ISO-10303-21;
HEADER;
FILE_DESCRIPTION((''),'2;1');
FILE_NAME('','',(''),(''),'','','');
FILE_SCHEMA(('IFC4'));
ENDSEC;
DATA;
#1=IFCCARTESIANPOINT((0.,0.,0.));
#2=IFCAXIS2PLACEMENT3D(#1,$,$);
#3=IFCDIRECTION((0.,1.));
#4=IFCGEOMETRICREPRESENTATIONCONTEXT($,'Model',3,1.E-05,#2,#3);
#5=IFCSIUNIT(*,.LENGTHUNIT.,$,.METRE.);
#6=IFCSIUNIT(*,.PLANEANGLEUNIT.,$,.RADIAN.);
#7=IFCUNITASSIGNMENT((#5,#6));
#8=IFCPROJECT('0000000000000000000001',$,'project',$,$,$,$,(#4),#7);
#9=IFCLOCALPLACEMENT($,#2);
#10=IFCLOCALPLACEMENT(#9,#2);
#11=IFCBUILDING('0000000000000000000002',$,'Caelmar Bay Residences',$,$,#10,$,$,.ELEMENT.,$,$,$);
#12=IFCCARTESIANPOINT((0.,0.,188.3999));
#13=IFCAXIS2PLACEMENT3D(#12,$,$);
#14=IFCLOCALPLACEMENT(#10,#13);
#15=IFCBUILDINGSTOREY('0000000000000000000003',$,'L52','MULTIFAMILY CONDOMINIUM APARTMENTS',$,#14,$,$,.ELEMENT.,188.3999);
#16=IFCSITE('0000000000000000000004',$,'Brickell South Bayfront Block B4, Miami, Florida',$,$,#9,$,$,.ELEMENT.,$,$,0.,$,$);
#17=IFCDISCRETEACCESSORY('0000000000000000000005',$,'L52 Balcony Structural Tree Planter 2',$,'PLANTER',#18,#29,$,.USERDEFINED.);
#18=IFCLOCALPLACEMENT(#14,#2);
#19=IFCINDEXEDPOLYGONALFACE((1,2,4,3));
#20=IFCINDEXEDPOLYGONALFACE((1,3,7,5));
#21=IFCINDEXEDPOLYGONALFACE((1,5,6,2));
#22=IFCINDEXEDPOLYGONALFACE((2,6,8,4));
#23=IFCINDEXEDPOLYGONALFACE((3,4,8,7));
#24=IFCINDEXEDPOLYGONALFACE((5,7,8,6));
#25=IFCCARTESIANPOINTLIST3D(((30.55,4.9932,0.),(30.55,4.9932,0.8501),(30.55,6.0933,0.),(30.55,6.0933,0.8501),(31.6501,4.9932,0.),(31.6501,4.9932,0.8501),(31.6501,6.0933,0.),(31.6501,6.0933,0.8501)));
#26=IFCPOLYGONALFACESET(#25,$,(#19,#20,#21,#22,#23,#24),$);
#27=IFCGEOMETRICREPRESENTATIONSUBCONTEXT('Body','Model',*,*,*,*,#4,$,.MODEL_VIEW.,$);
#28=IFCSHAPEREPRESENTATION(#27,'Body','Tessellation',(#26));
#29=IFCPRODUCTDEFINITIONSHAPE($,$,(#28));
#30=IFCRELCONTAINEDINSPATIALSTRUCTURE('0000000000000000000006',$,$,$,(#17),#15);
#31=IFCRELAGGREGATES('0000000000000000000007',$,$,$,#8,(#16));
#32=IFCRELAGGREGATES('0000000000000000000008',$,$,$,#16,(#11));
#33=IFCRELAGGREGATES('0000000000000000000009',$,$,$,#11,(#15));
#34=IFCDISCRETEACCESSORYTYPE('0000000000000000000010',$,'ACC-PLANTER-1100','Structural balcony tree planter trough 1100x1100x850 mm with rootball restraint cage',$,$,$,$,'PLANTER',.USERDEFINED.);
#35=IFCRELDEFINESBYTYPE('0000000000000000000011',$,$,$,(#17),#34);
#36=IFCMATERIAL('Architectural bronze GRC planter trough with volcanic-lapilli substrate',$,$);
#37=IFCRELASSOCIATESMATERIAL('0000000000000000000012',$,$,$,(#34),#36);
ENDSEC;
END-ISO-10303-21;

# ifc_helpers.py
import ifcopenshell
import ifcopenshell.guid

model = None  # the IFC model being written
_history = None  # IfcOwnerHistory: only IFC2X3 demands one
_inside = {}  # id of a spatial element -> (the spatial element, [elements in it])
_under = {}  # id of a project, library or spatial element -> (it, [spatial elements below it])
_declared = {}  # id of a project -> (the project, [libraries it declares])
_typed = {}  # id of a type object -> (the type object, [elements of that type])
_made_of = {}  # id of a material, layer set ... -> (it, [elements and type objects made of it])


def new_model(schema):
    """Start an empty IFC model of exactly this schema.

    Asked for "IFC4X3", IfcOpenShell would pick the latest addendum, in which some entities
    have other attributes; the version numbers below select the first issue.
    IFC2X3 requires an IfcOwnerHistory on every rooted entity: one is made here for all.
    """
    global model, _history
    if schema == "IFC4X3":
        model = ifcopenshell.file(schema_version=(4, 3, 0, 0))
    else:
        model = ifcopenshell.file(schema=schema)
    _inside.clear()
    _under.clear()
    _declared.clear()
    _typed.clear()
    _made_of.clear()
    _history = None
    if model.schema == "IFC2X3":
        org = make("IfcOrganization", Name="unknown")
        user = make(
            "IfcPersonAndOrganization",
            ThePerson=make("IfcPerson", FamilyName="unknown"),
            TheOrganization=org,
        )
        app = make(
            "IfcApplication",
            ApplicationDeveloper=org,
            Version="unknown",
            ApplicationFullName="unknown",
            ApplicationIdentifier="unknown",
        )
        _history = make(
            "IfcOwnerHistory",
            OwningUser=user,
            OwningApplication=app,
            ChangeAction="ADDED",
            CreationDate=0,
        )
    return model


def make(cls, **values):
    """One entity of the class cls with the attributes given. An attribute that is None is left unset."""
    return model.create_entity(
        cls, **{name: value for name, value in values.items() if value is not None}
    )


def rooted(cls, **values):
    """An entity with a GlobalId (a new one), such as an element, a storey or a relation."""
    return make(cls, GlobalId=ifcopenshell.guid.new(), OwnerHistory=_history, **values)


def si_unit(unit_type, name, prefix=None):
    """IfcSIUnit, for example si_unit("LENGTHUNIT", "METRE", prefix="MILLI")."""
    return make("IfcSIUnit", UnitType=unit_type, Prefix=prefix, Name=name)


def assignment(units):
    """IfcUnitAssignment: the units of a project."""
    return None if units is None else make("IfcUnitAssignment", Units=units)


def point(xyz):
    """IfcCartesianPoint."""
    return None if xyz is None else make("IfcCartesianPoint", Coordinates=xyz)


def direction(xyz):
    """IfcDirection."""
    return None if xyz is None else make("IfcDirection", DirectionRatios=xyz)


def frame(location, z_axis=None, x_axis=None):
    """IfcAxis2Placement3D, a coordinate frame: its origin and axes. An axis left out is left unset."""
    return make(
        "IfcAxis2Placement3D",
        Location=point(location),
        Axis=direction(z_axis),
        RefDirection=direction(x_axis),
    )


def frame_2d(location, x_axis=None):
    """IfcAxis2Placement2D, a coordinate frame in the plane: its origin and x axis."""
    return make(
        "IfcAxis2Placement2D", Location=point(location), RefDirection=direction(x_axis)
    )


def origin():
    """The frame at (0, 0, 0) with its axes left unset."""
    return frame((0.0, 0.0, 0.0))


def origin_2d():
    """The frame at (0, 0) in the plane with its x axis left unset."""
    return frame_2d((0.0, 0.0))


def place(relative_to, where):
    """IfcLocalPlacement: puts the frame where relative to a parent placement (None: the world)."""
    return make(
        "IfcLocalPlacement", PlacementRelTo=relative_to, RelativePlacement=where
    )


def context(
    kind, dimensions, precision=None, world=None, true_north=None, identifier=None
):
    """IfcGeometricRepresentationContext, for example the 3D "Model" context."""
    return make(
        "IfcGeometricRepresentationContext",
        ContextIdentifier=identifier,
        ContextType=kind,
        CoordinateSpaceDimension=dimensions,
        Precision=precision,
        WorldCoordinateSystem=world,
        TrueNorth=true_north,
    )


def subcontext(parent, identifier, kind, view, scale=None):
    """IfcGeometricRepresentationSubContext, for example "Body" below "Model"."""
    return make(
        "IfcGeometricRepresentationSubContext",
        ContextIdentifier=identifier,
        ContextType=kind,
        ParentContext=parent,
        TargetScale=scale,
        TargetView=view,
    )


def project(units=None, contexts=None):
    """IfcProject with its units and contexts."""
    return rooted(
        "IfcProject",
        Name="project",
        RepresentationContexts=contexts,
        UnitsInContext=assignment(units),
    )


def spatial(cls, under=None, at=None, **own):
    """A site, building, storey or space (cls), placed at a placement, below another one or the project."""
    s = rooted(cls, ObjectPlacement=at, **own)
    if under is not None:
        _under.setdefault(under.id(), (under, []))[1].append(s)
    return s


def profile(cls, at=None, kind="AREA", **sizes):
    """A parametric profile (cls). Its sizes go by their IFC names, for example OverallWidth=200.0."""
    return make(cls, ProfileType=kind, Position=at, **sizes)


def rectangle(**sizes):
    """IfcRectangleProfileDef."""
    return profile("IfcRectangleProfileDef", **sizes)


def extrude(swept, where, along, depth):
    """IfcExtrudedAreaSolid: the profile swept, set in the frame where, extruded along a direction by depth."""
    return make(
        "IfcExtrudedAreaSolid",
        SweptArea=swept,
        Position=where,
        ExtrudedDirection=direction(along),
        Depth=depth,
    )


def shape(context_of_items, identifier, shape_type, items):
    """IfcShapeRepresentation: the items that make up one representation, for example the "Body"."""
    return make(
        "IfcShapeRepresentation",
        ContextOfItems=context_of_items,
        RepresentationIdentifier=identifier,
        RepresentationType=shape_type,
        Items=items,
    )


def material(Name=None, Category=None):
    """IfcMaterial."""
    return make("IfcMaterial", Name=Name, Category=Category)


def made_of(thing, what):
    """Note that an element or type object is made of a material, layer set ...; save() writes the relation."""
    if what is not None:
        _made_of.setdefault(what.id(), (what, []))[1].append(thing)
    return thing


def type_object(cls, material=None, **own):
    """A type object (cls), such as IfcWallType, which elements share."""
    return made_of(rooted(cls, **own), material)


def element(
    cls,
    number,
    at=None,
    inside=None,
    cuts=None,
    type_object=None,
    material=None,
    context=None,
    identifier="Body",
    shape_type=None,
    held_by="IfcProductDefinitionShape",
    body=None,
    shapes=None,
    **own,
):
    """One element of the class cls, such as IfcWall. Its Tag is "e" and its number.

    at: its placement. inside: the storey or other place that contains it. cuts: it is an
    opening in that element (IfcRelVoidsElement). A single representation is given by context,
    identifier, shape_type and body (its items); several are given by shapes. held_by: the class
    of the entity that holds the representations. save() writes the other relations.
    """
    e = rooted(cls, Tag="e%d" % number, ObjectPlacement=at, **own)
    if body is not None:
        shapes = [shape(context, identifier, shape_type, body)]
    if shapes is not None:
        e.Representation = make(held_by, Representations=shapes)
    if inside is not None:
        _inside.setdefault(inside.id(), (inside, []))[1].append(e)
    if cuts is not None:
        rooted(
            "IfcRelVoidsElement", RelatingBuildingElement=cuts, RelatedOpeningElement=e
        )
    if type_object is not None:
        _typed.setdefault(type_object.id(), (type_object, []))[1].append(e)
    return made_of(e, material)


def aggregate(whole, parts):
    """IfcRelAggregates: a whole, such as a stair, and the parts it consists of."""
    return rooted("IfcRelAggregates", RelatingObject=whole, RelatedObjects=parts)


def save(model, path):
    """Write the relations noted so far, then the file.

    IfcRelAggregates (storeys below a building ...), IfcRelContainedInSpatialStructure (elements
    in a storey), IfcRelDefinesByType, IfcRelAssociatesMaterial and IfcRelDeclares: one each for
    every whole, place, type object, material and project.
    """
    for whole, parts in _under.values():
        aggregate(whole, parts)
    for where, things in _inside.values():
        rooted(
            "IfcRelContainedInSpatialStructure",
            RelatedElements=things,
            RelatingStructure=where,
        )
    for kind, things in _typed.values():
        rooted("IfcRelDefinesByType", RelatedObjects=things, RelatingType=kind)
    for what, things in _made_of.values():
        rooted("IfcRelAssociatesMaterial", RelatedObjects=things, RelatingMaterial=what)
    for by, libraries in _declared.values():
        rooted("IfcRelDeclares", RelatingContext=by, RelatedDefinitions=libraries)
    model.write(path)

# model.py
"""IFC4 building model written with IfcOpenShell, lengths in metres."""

from ifc_helpers import new_model, si_unit, direction, frame, origin, origin_2d, place, context, subcontext, project, spatial, rectangle, extrude, material, type_object, element, save


model = new_model("IFC4")

# Units and contexts
model_context = context("Model", 3, precision=1e-05, world=origin(), true_north=direction((0.0, 1.0)))
body_context = subcontext(model_context, "Body", "Model", "MODEL_VIEW")
ifc_project = project(units=[si_unit("LENGTHUNIT", "METRE"), si_unit("PLANEANGLEUNIT", "RADIAN")], contexts=[model_context])

# Site, building, storey
site_placement = place(None, origin())
site = spatial("IfcSite", under=ifc_project, at=site_placement, Name="Brickell South Bayfront Block B4, Miami, Florida", CompositionType="ELEMENT", RefElevation=0.0)
building_placement = place(site_placement, origin())
building = spatial("IfcBuilding", under=site, at=building_placement, Name="Caelmar Bay Residences", CompositionType="ELEMENT")
storey_placement = place(building_placement, frame((0.0, 0.0, 188.3999)))
storey = spatial("IfcBuildingStorey", under=building, at=storey_placement, Name="L52", Description="MULTIFAMILY CONDOMINIUM APARTMENTS", CompositionType="ELEMENT", Elevation=188.3999)

# Discrete accessory
ifc_material_1 = material(Name="Architectural bronze GRC planter trough with volcanic-lapilli substrate")
discrete_accessory_type = type_object("IfcDiscreteAccessoryType", Name="ACC-PLANTER-1100", Description="Structural balcony tree planter trough 1100x1100x850 mm with rootball restraint cage", ElementType="PLANTER", PredefinedType="USERDEFINED", material=ifc_material_1)
discrete_accessory_placement = place(storey_placement, frame((31.1001, 5.5432, 0.0), z_axis=(0.0, 0.0, 1.0), x_axis=(1.0, 0.0, 0.0)))
element("IfcDiscreteAccessory", 1, at=discrete_accessory_placement, inside=storey, type_object=discrete_accessory_type, Name="L52 Balcony Structural Tree Planter 2", ObjectType="PLANTER", PredefinedType="USERDEFINED", context=body_context, shape_type="SweptSolid", body=[
    extrude(rectangle(XDim=1.1001, YDim=1.1001, at=origin_2d()), origin(), (0.0, 0.0, 1.0), 0.8501),
])

save(model, "model.ifc")
